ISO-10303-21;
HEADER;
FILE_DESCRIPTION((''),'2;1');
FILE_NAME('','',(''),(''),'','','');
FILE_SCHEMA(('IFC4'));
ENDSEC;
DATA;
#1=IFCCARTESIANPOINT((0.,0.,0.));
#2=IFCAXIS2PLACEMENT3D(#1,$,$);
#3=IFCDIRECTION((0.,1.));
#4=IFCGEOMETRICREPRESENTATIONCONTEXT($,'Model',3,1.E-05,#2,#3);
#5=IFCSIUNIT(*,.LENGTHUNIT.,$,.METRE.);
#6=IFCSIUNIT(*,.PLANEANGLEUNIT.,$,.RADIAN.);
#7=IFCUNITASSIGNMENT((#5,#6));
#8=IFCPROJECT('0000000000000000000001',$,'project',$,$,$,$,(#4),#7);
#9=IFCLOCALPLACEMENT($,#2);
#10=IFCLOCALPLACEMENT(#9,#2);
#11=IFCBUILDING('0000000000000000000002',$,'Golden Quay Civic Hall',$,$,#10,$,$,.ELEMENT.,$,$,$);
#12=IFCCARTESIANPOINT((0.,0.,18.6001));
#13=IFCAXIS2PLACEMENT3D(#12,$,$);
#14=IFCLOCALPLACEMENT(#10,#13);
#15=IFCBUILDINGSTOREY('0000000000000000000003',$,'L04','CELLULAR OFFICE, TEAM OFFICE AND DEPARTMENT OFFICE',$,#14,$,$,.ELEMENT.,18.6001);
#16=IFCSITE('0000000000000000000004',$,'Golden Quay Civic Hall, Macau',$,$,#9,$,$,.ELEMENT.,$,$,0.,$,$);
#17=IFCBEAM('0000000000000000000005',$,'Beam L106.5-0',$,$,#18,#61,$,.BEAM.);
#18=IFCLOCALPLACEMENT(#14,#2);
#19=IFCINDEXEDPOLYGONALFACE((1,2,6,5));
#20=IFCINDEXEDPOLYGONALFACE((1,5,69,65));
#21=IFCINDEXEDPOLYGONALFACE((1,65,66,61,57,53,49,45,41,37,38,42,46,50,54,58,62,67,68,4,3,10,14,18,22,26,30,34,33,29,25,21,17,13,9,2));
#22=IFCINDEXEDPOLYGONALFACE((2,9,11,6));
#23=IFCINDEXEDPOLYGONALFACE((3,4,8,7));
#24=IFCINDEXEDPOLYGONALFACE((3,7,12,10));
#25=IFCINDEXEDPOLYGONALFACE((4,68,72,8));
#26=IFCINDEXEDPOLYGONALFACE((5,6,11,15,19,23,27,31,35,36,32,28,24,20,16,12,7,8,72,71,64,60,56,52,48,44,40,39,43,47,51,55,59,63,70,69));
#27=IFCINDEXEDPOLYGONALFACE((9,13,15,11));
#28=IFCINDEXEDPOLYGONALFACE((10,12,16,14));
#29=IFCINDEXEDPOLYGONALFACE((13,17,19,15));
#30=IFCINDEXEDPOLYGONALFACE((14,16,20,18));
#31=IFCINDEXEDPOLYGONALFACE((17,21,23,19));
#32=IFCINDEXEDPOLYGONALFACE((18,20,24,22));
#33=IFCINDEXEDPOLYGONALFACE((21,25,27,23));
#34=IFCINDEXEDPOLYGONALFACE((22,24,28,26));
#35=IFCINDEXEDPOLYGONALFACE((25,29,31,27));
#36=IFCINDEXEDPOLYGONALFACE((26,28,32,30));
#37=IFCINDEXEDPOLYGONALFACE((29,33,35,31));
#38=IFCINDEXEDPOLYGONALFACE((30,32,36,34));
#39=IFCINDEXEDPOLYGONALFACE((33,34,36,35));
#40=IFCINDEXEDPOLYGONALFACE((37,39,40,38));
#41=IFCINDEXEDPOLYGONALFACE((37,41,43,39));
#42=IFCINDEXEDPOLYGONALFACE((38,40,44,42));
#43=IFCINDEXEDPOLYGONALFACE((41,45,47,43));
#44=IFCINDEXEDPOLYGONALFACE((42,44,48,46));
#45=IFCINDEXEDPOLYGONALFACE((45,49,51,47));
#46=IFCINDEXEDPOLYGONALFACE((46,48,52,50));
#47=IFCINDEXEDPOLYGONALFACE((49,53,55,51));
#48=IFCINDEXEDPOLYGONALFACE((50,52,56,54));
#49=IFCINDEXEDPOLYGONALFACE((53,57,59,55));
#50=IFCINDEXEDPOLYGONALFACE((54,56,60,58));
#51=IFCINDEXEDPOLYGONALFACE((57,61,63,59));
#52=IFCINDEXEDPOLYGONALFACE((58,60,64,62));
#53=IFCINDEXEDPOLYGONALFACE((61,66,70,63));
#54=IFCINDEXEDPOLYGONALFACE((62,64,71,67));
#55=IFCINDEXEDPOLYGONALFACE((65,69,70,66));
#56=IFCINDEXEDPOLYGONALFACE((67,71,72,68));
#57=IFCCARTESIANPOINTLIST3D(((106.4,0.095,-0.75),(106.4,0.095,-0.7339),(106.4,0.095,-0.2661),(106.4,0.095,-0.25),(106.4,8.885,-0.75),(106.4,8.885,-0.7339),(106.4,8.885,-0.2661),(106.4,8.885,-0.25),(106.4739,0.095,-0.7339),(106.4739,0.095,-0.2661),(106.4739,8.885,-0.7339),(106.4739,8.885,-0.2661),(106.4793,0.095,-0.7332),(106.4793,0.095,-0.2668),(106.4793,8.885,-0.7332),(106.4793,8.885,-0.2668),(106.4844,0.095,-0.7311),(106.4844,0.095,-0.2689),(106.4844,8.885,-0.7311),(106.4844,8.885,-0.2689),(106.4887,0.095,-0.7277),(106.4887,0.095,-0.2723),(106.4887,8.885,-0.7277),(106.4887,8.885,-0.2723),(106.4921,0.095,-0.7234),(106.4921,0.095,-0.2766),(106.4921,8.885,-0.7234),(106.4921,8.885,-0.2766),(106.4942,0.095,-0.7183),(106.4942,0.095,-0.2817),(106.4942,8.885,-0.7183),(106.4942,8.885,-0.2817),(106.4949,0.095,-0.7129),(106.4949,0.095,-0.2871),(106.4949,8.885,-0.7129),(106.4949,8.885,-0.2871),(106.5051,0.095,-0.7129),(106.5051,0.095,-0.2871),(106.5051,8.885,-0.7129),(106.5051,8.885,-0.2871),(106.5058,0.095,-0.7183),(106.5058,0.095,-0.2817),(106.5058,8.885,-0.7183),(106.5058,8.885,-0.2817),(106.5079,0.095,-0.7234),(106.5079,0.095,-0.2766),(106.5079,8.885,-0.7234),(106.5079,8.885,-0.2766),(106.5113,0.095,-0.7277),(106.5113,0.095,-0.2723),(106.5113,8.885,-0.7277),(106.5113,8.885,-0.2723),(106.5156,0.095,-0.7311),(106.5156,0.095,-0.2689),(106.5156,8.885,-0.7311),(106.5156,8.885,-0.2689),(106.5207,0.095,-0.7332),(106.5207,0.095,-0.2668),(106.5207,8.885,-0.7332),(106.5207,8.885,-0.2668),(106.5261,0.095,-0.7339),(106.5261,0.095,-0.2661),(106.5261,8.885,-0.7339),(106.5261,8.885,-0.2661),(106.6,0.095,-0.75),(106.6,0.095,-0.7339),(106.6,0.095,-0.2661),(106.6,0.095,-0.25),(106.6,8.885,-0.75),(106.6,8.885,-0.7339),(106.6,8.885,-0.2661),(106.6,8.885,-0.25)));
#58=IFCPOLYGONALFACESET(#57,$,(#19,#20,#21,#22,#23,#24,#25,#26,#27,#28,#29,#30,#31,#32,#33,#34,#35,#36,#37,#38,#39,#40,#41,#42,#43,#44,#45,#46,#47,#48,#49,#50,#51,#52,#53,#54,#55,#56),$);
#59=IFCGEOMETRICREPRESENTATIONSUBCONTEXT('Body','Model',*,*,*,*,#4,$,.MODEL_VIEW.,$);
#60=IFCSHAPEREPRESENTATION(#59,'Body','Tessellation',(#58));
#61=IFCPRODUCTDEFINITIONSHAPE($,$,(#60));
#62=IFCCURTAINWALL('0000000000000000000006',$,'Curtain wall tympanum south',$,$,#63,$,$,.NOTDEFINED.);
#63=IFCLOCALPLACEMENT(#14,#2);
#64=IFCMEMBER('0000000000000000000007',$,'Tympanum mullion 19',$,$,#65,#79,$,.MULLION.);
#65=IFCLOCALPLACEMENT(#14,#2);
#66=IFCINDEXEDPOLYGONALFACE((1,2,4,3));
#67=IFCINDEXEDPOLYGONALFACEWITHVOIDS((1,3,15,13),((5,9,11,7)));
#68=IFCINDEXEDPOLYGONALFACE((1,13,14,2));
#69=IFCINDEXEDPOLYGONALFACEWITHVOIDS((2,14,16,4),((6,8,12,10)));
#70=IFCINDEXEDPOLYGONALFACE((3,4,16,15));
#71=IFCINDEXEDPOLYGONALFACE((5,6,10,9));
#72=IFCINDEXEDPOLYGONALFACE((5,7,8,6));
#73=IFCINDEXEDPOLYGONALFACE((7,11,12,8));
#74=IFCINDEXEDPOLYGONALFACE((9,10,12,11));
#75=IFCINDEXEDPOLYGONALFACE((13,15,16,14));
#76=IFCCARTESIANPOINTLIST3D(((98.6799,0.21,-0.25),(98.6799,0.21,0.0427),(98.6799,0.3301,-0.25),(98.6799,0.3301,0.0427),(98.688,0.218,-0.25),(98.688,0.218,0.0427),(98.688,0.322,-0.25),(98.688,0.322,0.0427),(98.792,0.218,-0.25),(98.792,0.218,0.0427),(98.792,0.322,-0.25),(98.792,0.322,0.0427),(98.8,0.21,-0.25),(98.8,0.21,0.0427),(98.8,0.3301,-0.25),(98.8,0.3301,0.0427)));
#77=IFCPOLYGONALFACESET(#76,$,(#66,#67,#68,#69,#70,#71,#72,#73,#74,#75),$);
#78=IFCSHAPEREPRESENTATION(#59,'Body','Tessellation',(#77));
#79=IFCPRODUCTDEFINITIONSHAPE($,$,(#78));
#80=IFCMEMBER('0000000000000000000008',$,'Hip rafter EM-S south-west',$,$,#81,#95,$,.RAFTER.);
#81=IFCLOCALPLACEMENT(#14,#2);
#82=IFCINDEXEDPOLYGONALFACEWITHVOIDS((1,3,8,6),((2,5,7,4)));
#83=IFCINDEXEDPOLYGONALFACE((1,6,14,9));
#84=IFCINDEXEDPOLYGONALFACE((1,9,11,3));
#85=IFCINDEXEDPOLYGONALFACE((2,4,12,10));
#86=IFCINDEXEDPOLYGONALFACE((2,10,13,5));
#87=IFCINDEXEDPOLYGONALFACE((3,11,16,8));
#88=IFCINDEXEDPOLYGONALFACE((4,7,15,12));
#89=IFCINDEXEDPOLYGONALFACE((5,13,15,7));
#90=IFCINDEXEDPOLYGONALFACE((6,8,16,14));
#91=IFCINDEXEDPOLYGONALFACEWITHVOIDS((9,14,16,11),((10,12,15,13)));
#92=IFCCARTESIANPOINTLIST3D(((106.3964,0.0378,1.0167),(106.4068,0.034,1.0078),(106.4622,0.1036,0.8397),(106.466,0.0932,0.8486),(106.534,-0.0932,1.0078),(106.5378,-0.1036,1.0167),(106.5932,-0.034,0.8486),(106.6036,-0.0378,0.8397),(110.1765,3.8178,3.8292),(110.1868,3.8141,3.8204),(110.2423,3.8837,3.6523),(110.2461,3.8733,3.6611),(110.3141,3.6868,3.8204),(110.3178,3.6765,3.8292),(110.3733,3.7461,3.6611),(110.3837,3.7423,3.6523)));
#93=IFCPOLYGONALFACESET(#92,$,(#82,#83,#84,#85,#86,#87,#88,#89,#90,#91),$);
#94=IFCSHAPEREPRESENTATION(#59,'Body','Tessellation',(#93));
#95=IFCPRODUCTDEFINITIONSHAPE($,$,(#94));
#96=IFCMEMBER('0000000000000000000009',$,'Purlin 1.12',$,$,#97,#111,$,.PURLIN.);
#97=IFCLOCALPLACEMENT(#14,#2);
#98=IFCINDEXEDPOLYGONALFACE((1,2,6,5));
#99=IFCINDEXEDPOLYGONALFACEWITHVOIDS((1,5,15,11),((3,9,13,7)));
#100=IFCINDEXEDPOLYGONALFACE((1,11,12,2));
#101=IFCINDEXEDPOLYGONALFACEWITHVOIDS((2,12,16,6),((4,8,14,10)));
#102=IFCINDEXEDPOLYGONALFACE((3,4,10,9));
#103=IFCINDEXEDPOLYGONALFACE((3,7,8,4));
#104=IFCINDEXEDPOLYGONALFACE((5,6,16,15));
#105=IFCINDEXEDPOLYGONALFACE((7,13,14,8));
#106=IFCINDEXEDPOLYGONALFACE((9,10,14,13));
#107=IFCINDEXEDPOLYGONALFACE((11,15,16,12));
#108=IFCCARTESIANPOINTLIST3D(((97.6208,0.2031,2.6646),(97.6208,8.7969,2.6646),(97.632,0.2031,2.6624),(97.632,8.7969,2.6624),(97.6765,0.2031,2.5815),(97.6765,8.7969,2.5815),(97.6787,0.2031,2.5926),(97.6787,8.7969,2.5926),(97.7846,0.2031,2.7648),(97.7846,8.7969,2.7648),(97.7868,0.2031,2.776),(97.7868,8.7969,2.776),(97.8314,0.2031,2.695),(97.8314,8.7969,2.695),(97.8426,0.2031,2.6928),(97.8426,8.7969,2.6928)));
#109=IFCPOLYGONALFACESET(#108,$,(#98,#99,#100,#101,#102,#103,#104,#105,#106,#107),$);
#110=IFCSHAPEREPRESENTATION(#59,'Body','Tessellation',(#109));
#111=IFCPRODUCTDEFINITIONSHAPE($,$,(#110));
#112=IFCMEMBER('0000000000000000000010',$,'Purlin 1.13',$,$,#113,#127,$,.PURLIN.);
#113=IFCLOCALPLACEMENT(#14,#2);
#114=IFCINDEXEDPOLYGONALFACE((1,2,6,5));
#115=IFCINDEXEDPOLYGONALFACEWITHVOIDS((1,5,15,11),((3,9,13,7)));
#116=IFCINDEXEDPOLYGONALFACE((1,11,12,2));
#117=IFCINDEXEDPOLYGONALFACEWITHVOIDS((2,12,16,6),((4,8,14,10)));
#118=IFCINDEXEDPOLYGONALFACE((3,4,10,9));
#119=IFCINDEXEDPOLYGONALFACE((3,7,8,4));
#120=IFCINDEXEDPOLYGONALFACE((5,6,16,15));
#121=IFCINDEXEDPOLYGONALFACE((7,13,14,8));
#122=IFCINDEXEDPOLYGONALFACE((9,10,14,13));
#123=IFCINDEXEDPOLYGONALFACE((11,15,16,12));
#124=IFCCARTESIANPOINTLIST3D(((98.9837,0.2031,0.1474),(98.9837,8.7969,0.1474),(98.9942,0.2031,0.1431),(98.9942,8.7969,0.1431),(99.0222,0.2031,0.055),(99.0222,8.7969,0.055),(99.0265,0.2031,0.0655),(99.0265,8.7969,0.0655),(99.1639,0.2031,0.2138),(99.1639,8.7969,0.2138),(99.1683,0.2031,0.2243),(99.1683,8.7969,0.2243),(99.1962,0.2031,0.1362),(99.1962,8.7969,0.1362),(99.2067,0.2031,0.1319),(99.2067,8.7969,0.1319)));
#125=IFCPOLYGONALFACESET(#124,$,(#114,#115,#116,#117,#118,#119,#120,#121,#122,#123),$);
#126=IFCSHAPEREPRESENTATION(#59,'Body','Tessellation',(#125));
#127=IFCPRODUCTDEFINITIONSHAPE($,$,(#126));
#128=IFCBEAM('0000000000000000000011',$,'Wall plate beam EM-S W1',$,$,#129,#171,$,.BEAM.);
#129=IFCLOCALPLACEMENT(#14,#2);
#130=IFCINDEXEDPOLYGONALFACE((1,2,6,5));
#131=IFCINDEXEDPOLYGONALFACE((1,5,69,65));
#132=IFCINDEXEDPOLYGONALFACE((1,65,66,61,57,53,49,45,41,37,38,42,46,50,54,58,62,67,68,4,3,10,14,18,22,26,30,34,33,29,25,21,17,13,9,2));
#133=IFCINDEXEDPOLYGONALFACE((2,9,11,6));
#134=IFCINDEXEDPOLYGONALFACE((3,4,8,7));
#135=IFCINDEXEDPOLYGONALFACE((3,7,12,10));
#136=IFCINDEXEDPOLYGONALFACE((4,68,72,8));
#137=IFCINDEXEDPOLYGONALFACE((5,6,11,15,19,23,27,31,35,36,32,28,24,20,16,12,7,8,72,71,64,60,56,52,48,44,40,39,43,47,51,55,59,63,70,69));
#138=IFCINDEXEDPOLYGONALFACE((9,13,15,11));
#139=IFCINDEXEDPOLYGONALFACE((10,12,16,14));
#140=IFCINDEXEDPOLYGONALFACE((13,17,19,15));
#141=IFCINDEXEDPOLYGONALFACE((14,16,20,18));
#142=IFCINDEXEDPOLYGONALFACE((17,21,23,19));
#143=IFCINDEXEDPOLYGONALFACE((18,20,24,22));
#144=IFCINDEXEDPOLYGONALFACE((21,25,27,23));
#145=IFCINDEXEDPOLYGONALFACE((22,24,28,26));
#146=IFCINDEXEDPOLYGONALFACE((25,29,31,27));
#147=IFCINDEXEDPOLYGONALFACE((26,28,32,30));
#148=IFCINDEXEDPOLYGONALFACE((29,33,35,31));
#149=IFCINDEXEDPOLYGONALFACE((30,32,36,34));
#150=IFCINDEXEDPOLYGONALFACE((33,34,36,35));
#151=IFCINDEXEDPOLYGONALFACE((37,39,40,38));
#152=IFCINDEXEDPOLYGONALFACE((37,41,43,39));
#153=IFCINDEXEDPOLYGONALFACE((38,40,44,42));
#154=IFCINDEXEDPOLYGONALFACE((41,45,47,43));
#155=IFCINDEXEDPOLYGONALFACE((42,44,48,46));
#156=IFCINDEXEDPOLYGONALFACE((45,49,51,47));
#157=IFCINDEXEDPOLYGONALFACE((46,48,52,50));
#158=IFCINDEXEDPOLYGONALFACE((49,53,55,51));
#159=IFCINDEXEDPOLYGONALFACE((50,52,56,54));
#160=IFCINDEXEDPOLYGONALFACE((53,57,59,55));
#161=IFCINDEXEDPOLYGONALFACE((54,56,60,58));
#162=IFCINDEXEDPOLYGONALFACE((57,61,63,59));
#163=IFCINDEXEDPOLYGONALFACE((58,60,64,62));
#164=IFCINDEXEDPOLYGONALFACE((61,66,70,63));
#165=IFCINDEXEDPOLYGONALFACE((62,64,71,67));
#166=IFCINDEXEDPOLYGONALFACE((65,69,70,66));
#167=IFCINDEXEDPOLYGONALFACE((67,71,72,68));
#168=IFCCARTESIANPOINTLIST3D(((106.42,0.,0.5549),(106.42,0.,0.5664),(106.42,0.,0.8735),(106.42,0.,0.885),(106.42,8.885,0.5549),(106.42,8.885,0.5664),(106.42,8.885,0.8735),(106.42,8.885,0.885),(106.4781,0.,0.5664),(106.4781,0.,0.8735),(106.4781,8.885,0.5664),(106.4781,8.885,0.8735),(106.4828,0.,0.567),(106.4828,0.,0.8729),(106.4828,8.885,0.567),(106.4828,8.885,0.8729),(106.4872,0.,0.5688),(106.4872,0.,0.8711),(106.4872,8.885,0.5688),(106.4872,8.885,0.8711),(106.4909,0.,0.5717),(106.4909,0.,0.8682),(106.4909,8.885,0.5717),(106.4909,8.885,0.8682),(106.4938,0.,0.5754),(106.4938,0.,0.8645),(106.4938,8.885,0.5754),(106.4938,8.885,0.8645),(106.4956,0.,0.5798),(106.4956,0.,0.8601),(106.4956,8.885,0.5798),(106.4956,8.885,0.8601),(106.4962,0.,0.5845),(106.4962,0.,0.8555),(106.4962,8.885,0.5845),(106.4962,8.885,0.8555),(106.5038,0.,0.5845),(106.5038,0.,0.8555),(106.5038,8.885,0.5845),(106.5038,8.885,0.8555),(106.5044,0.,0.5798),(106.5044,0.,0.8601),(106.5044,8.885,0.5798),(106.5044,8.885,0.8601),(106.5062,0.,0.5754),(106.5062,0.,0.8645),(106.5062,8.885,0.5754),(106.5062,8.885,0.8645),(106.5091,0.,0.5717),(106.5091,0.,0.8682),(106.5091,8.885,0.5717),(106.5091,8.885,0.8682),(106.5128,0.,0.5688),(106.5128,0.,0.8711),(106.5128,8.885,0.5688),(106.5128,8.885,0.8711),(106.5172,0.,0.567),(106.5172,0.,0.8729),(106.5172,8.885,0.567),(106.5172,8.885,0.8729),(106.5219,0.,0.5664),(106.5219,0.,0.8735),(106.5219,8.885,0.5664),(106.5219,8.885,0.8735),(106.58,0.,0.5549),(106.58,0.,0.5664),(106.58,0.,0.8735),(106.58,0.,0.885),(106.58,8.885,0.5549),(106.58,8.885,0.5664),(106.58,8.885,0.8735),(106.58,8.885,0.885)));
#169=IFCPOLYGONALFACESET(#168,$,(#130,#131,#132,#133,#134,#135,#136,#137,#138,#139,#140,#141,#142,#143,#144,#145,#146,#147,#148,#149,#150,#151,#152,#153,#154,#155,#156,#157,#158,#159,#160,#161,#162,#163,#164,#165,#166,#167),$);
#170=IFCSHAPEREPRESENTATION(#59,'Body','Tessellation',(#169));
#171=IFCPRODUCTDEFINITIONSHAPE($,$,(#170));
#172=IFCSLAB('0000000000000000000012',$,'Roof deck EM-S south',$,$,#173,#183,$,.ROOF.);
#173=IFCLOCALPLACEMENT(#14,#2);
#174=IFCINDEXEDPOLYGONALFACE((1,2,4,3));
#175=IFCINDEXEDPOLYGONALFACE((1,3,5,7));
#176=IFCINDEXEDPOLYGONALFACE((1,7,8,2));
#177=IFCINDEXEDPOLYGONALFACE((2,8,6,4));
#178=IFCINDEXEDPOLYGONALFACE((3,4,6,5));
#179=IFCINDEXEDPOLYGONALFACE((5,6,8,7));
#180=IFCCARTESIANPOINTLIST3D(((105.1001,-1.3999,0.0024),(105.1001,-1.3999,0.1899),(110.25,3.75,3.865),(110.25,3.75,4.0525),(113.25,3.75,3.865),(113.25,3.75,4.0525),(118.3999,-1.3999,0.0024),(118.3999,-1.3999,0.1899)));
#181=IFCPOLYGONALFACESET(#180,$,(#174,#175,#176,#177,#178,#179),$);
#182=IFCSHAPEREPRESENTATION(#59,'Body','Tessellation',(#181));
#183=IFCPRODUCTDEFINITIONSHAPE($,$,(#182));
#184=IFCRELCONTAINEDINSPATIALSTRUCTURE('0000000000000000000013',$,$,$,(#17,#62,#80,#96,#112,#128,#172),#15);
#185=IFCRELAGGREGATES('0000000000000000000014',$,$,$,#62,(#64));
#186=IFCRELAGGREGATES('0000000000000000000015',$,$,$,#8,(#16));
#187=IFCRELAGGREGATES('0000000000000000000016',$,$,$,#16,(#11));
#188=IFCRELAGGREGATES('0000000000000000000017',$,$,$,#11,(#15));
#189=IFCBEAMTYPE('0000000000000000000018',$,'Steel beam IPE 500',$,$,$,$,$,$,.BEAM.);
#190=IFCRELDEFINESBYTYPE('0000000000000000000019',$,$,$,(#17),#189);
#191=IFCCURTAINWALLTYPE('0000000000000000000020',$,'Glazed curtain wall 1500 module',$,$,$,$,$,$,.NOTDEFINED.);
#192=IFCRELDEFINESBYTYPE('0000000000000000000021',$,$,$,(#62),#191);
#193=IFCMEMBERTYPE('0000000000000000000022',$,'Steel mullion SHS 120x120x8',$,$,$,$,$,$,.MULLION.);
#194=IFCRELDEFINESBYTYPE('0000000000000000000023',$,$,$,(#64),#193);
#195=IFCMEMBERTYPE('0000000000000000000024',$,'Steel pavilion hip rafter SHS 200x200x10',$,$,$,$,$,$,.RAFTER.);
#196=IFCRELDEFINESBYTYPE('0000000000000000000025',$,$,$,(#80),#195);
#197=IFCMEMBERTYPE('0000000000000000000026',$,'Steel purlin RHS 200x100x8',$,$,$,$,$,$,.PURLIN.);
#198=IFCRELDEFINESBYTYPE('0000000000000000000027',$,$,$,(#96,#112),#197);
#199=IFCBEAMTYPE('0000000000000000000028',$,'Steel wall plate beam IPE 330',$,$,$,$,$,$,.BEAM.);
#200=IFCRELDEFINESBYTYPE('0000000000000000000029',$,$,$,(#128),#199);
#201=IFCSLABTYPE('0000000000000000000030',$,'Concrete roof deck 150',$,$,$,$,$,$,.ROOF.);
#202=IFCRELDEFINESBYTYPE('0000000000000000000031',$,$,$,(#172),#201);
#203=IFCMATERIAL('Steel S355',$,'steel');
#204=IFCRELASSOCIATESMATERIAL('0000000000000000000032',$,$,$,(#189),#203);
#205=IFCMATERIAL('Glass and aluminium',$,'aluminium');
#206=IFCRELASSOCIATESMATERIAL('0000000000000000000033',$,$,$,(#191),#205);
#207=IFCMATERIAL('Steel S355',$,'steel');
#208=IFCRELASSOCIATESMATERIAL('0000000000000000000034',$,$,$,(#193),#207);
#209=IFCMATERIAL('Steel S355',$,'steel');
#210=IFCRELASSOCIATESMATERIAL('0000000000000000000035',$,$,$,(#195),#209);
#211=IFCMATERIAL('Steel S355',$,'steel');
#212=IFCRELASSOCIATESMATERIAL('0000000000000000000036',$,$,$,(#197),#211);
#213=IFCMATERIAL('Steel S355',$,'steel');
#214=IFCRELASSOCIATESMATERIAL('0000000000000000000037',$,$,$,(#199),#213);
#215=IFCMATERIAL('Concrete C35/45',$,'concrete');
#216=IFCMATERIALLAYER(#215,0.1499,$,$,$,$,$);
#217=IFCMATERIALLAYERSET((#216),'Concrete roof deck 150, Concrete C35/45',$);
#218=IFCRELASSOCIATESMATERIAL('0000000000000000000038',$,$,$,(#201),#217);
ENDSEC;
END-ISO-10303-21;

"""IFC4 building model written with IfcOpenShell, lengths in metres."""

from ifc_helpers import new_model, si_unit, direction, frame, origin, origin_2d, place, context, subcontext, project, spatial, polyline, hollow_rectangle, i_section, outline, extrude, material, layer, layer_set, material_profile, profile_set, type_object, element, aggregate, save


model = new_model("IFC4")

# Units and contexts
model_context = context("Model", 3, precision=1e-05, world=origin(), true_north=direction((0.0, 1.0)))
body_context = subcontext(model_context, "Body", "Model", "MODEL_VIEW")
ifc_project = project(units=[si_unit("LENGTHUNIT", "METRE"), si_unit("PLANEANGLEUNIT", "RADIAN")], contexts=[model_context])

# Site, building, storey
site_placement = place(None, origin())
site = spatial("IfcSite", under=ifc_project, at=site_placement, Name="Golden Quay Civic Hall, Macau", CompositionType="ELEMENT", RefElevation=0.0)
building_placement = place(site_placement, origin())
building = spatial("IfcBuilding", under=site, at=building_placement, Name="Golden Quay Civic Hall", CompositionType="ELEMENT")
storey_placement = place(building_placement, frame((0.0, 0.0, 18.6001)))
storey = spatial("IfcBuildingStorey", under=building, at=storey_placement, Name="L04", Description="CELLULAR OFFICE, TEAM OFFICE AND DEPARTMENT OFFICE", CompositionType="ELEMENT", Elevation=18.6001)

# Beam
ifc_material_1 = material(Name="Steel S355", Category="steel")
ifc_material_profile_1 = material_profile(ifc_material_1, i_section(OverallWidth=0.2, OverallDepth=0.5, WebThickness=0.0103, FlangeThickness=0.0161, FilletRadius=0.021, at=origin_2d()), Name="IPE 500")
ifc_profile_set_1 = profile_set([ifc_material_profile_1], Name="Steel S355")
beam_type_1 = type_object("IfcBeamType", Name="Steel beam IPE 500", PredefinedType="BEAM", material=ifc_profile_set_1)
beam_1_placement = place(storey_placement, frame((106.5, 0.095, -0.5), z_axis=(0.0, 1.0, 0.0), x_axis=(-1.0, 0.0, 0.0)))
element("IfcBeam", 1, at=beam_1_placement, inside=storey, type_object=beam_type_1, Name="Beam L106.5-0", PredefinedType="BEAM", context=body_context, shape_type="SweptSolid", body=[
    extrude(i_section(OverallWidth=0.2, OverallDepth=0.5, WebThickness=0.0103, FlangeThickness=0.0161, FilletRadius=0.021, at=origin_2d()), origin(), (0.0, 0.0, 1.0), 8.79),
])

# Curtain wall, member
ifc_material_2 = material(Name="Glass and aluminium", Category="aluminium")
curtain_wall_type = type_object("IfcCurtainWallType", Name="Glazed curtain wall 1500 module", PredefinedType="NOTDEFINED", material=ifc_material_2)
curtain_wall_placement = place(storey_placement, origin())
curtain_wall = element("IfcCurtainWall", 2, at=curtain_wall_placement, inside=storey, type_object=curtain_wall_type, Name="Curtain wall tympanum south", PredefinedType="NOTDEFINED")
ifc_material_3 = material(Name="Steel S355", Category="steel")
ifc_material_profile_2 = material_profile(ifc_material_3, hollow_rectangle(XDim=0.1201, YDim=0.1201, WallThickness=0.0081, at=origin_2d()), Name="SHS 120x120x8")
ifc_profile_set_2 = profile_set([ifc_material_profile_2], Name="Steel S355")
member_type_1 = type_object("IfcMemberType", Name="Steel mullion SHS 120x120x8", PredefinedType="MULLION", material=ifc_profile_set_2)
member_1_placement = place(storey_placement, frame((98.74, 0.27, -0.25), z_axis=(0.0, 0.0, 1.0), x_axis=(0.0, 1.0, 0.0)))
member_1 = element("IfcMember", 3, at=member_1_placement, type_object=member_type_1, Name="Tympanum mullion 19", PredefinedType="MULLION", context=body_context, shape_type="SweptSolid", body=[
    extrude(hollow_rectangle(XDim=0.1201, YDim=0.1201, WallThickness=0.0081, at=origin_2d()), origin(), (0.0, 0.0, 1.0), 0.2927),
])

# Members
ifc_material_4 = material(Name="Steel S355", Category="steel")
ifc_material_profile_3 = material_profile(ifc_material_4, hollow_rectangle(XDim=0.2, YDim=0.2, WallThickness=0.01, at=origin_2d()), Name="SHS 200x200x10")
ifc_profile_set_3 = profile_set([ifc_material_profile_3], Name="Steel S355")
member_type_2 = type_object("IfcMemberType", Name="Steel pavilion hip rafter SHS 200x200x10", PredefinedType="RAFTER", material=ifc_profile_set_3)
member_2_placement = place(storey_placement, frame((106.5, 0.0, 0.9282), z_axis=(0.625783, 0.625783, 0.465609), x_axis=(-0.707107, 0.707107, 0.0)))
element("IfcMember", 4, at=member_2_placement, inside=storey, type_object=member_type_2, Name="Hip rafter EM-S south-west", PredefinedType="RAFTER", context=body_context, shape_type="SweptSolid", body=[
    extrude(hollow_rectangle(XDim=0.2, YDim=0.2, WallThickness=0.01, at=origin_2d()), origin(), (0.0, 0.0, 1.0), 6.0405),
])
ifc_material_5 = material(Name="Steel S355", Category="steel")
ifc_material_profile_4 = material_profile(ifc_material_5, hollow_rectangle(XDim=0.1001, YDim=0.2, WallThickness=0.0081, at=origin_2d()), Name="RHS 200x100x8")
ifc_profile_set_4 = profile_set([ifc_material_profile_4], Name="Steel S355")
member_type_3 = type_object("IfcMemberType", Name="Steel purlin RHS 200x100x8", PredefinedType="PURLIN", material=ifc_profile_set_4)
for number, where, z_axis, x_axis, name in (
    (5, (97.7317, 0.2031, 2.6787), (0.0, 1.0, 0.0), (-0.557019, 0.0, 0.8305), "Purlin 1.12"),
    (6, (99.0952, 0.2031, 0.1396), (0.0, 1.0, 0.0), (-0.384615, 0.0, 0.923077), "Purlin 1.13"),
):
    element("IfcMember", number, at=place(storey_placement, frame(where, z_axis=z_axis, x_axis=x_axis)), inside=storey, type_object=member_type_3, Name=name, PredefinedType="PURLIN", context=body_context, shape_type="SweptSolid", body=[
        extrude(hollow_rectangle(XDim=0.1001, YDim=0.2, WallThickness=0.0081, at=origin_2d()), origin(), (0.0, 0.0, 1.0), 8.5938),
    ])

# Beam
ifc_material_6 = material(Name="Steel S355", Category="steel")
ifc_material_profile_5 = material_profile(ifc_material_6, i_section(OverallWidth=0.1599, OverallDepth=0.3301, WebThickness=0.0076, FlangeThickness=0.0115, FilletRadius=0.0181, at=origin_2d()), Name="IPE 330")
ifc_profile_set_5 = profile_set([ifc_material_profile_5], Name="Steel S355")
beam_type_2 = type_object("IfcBeamType", Name="Steel wall plate beam IPE 330", PredefinedType="BEAM", material=ifc_profile_set_5)
beam_2_placement = place(storey_placement, frame((106.5, 0.0, 0.72), z_axis=(0.0, 1.0, 0.0), x_axis=(-1.0, 0.0, 0.0)))
element("IfcBeam", 7, at=beam_2_placement, inside=storey, type_object=beam_type_2, Name="Wall plate beam EM-S W1", PredefinedType="BEAM", context=body_context, shape_type="SweptSolid", body=[
    extrude(i_section(OverallWidth=0.1599, OverallDepth=0.3301, WebThickness=0.0076, FlangeThickness=0.0115, FilletRadius=0.0181, at=origin_2d()), origin(), (0.0, 0.0, 1.0), 8.885),
])

# Slab
ifc_material_7 = material(Name="Concrete C35/45", Category="concrete")
ifc_layer_1 = layer(ifc_material_7, 0.1499)
ifc_layer_set_1 = layer_set([ifc_layer_1], Name="Concrete roof deck 150, Concrete C35/45")
slab_type = type_object("IfcSlabType", Name="Concrete roof deck 150", PredefinedType="ROOF", material=ifc_layer_set_1)
slab_1_placement = place(storey_placement, frame((105.1001, -1.3999, 0.1899), z_axis=(0.0, -0.600012, 0.799991), x_axis=(1.0, 0.0, 0.0)))
element("IfcSlab", 8, at=slab_1_placement, inside=storey, type_object=slab_type, Name="Roof deck EM-S south", PredefinedType="ROOF", context=body_context, shape_type="SweptSolid", body=[
    extrude(outline(polyline([(0.0, 0.0), (13.2998, 0.0), (8.1499, 6.4375), (5.1499, 6.4375), (0.0, 0.0)])), origin(), (0.0, -0.600012, -0.799991), 0.1875),
])

aggregate(curtain_wall, [member_1])

save(model, "model.ifc")
